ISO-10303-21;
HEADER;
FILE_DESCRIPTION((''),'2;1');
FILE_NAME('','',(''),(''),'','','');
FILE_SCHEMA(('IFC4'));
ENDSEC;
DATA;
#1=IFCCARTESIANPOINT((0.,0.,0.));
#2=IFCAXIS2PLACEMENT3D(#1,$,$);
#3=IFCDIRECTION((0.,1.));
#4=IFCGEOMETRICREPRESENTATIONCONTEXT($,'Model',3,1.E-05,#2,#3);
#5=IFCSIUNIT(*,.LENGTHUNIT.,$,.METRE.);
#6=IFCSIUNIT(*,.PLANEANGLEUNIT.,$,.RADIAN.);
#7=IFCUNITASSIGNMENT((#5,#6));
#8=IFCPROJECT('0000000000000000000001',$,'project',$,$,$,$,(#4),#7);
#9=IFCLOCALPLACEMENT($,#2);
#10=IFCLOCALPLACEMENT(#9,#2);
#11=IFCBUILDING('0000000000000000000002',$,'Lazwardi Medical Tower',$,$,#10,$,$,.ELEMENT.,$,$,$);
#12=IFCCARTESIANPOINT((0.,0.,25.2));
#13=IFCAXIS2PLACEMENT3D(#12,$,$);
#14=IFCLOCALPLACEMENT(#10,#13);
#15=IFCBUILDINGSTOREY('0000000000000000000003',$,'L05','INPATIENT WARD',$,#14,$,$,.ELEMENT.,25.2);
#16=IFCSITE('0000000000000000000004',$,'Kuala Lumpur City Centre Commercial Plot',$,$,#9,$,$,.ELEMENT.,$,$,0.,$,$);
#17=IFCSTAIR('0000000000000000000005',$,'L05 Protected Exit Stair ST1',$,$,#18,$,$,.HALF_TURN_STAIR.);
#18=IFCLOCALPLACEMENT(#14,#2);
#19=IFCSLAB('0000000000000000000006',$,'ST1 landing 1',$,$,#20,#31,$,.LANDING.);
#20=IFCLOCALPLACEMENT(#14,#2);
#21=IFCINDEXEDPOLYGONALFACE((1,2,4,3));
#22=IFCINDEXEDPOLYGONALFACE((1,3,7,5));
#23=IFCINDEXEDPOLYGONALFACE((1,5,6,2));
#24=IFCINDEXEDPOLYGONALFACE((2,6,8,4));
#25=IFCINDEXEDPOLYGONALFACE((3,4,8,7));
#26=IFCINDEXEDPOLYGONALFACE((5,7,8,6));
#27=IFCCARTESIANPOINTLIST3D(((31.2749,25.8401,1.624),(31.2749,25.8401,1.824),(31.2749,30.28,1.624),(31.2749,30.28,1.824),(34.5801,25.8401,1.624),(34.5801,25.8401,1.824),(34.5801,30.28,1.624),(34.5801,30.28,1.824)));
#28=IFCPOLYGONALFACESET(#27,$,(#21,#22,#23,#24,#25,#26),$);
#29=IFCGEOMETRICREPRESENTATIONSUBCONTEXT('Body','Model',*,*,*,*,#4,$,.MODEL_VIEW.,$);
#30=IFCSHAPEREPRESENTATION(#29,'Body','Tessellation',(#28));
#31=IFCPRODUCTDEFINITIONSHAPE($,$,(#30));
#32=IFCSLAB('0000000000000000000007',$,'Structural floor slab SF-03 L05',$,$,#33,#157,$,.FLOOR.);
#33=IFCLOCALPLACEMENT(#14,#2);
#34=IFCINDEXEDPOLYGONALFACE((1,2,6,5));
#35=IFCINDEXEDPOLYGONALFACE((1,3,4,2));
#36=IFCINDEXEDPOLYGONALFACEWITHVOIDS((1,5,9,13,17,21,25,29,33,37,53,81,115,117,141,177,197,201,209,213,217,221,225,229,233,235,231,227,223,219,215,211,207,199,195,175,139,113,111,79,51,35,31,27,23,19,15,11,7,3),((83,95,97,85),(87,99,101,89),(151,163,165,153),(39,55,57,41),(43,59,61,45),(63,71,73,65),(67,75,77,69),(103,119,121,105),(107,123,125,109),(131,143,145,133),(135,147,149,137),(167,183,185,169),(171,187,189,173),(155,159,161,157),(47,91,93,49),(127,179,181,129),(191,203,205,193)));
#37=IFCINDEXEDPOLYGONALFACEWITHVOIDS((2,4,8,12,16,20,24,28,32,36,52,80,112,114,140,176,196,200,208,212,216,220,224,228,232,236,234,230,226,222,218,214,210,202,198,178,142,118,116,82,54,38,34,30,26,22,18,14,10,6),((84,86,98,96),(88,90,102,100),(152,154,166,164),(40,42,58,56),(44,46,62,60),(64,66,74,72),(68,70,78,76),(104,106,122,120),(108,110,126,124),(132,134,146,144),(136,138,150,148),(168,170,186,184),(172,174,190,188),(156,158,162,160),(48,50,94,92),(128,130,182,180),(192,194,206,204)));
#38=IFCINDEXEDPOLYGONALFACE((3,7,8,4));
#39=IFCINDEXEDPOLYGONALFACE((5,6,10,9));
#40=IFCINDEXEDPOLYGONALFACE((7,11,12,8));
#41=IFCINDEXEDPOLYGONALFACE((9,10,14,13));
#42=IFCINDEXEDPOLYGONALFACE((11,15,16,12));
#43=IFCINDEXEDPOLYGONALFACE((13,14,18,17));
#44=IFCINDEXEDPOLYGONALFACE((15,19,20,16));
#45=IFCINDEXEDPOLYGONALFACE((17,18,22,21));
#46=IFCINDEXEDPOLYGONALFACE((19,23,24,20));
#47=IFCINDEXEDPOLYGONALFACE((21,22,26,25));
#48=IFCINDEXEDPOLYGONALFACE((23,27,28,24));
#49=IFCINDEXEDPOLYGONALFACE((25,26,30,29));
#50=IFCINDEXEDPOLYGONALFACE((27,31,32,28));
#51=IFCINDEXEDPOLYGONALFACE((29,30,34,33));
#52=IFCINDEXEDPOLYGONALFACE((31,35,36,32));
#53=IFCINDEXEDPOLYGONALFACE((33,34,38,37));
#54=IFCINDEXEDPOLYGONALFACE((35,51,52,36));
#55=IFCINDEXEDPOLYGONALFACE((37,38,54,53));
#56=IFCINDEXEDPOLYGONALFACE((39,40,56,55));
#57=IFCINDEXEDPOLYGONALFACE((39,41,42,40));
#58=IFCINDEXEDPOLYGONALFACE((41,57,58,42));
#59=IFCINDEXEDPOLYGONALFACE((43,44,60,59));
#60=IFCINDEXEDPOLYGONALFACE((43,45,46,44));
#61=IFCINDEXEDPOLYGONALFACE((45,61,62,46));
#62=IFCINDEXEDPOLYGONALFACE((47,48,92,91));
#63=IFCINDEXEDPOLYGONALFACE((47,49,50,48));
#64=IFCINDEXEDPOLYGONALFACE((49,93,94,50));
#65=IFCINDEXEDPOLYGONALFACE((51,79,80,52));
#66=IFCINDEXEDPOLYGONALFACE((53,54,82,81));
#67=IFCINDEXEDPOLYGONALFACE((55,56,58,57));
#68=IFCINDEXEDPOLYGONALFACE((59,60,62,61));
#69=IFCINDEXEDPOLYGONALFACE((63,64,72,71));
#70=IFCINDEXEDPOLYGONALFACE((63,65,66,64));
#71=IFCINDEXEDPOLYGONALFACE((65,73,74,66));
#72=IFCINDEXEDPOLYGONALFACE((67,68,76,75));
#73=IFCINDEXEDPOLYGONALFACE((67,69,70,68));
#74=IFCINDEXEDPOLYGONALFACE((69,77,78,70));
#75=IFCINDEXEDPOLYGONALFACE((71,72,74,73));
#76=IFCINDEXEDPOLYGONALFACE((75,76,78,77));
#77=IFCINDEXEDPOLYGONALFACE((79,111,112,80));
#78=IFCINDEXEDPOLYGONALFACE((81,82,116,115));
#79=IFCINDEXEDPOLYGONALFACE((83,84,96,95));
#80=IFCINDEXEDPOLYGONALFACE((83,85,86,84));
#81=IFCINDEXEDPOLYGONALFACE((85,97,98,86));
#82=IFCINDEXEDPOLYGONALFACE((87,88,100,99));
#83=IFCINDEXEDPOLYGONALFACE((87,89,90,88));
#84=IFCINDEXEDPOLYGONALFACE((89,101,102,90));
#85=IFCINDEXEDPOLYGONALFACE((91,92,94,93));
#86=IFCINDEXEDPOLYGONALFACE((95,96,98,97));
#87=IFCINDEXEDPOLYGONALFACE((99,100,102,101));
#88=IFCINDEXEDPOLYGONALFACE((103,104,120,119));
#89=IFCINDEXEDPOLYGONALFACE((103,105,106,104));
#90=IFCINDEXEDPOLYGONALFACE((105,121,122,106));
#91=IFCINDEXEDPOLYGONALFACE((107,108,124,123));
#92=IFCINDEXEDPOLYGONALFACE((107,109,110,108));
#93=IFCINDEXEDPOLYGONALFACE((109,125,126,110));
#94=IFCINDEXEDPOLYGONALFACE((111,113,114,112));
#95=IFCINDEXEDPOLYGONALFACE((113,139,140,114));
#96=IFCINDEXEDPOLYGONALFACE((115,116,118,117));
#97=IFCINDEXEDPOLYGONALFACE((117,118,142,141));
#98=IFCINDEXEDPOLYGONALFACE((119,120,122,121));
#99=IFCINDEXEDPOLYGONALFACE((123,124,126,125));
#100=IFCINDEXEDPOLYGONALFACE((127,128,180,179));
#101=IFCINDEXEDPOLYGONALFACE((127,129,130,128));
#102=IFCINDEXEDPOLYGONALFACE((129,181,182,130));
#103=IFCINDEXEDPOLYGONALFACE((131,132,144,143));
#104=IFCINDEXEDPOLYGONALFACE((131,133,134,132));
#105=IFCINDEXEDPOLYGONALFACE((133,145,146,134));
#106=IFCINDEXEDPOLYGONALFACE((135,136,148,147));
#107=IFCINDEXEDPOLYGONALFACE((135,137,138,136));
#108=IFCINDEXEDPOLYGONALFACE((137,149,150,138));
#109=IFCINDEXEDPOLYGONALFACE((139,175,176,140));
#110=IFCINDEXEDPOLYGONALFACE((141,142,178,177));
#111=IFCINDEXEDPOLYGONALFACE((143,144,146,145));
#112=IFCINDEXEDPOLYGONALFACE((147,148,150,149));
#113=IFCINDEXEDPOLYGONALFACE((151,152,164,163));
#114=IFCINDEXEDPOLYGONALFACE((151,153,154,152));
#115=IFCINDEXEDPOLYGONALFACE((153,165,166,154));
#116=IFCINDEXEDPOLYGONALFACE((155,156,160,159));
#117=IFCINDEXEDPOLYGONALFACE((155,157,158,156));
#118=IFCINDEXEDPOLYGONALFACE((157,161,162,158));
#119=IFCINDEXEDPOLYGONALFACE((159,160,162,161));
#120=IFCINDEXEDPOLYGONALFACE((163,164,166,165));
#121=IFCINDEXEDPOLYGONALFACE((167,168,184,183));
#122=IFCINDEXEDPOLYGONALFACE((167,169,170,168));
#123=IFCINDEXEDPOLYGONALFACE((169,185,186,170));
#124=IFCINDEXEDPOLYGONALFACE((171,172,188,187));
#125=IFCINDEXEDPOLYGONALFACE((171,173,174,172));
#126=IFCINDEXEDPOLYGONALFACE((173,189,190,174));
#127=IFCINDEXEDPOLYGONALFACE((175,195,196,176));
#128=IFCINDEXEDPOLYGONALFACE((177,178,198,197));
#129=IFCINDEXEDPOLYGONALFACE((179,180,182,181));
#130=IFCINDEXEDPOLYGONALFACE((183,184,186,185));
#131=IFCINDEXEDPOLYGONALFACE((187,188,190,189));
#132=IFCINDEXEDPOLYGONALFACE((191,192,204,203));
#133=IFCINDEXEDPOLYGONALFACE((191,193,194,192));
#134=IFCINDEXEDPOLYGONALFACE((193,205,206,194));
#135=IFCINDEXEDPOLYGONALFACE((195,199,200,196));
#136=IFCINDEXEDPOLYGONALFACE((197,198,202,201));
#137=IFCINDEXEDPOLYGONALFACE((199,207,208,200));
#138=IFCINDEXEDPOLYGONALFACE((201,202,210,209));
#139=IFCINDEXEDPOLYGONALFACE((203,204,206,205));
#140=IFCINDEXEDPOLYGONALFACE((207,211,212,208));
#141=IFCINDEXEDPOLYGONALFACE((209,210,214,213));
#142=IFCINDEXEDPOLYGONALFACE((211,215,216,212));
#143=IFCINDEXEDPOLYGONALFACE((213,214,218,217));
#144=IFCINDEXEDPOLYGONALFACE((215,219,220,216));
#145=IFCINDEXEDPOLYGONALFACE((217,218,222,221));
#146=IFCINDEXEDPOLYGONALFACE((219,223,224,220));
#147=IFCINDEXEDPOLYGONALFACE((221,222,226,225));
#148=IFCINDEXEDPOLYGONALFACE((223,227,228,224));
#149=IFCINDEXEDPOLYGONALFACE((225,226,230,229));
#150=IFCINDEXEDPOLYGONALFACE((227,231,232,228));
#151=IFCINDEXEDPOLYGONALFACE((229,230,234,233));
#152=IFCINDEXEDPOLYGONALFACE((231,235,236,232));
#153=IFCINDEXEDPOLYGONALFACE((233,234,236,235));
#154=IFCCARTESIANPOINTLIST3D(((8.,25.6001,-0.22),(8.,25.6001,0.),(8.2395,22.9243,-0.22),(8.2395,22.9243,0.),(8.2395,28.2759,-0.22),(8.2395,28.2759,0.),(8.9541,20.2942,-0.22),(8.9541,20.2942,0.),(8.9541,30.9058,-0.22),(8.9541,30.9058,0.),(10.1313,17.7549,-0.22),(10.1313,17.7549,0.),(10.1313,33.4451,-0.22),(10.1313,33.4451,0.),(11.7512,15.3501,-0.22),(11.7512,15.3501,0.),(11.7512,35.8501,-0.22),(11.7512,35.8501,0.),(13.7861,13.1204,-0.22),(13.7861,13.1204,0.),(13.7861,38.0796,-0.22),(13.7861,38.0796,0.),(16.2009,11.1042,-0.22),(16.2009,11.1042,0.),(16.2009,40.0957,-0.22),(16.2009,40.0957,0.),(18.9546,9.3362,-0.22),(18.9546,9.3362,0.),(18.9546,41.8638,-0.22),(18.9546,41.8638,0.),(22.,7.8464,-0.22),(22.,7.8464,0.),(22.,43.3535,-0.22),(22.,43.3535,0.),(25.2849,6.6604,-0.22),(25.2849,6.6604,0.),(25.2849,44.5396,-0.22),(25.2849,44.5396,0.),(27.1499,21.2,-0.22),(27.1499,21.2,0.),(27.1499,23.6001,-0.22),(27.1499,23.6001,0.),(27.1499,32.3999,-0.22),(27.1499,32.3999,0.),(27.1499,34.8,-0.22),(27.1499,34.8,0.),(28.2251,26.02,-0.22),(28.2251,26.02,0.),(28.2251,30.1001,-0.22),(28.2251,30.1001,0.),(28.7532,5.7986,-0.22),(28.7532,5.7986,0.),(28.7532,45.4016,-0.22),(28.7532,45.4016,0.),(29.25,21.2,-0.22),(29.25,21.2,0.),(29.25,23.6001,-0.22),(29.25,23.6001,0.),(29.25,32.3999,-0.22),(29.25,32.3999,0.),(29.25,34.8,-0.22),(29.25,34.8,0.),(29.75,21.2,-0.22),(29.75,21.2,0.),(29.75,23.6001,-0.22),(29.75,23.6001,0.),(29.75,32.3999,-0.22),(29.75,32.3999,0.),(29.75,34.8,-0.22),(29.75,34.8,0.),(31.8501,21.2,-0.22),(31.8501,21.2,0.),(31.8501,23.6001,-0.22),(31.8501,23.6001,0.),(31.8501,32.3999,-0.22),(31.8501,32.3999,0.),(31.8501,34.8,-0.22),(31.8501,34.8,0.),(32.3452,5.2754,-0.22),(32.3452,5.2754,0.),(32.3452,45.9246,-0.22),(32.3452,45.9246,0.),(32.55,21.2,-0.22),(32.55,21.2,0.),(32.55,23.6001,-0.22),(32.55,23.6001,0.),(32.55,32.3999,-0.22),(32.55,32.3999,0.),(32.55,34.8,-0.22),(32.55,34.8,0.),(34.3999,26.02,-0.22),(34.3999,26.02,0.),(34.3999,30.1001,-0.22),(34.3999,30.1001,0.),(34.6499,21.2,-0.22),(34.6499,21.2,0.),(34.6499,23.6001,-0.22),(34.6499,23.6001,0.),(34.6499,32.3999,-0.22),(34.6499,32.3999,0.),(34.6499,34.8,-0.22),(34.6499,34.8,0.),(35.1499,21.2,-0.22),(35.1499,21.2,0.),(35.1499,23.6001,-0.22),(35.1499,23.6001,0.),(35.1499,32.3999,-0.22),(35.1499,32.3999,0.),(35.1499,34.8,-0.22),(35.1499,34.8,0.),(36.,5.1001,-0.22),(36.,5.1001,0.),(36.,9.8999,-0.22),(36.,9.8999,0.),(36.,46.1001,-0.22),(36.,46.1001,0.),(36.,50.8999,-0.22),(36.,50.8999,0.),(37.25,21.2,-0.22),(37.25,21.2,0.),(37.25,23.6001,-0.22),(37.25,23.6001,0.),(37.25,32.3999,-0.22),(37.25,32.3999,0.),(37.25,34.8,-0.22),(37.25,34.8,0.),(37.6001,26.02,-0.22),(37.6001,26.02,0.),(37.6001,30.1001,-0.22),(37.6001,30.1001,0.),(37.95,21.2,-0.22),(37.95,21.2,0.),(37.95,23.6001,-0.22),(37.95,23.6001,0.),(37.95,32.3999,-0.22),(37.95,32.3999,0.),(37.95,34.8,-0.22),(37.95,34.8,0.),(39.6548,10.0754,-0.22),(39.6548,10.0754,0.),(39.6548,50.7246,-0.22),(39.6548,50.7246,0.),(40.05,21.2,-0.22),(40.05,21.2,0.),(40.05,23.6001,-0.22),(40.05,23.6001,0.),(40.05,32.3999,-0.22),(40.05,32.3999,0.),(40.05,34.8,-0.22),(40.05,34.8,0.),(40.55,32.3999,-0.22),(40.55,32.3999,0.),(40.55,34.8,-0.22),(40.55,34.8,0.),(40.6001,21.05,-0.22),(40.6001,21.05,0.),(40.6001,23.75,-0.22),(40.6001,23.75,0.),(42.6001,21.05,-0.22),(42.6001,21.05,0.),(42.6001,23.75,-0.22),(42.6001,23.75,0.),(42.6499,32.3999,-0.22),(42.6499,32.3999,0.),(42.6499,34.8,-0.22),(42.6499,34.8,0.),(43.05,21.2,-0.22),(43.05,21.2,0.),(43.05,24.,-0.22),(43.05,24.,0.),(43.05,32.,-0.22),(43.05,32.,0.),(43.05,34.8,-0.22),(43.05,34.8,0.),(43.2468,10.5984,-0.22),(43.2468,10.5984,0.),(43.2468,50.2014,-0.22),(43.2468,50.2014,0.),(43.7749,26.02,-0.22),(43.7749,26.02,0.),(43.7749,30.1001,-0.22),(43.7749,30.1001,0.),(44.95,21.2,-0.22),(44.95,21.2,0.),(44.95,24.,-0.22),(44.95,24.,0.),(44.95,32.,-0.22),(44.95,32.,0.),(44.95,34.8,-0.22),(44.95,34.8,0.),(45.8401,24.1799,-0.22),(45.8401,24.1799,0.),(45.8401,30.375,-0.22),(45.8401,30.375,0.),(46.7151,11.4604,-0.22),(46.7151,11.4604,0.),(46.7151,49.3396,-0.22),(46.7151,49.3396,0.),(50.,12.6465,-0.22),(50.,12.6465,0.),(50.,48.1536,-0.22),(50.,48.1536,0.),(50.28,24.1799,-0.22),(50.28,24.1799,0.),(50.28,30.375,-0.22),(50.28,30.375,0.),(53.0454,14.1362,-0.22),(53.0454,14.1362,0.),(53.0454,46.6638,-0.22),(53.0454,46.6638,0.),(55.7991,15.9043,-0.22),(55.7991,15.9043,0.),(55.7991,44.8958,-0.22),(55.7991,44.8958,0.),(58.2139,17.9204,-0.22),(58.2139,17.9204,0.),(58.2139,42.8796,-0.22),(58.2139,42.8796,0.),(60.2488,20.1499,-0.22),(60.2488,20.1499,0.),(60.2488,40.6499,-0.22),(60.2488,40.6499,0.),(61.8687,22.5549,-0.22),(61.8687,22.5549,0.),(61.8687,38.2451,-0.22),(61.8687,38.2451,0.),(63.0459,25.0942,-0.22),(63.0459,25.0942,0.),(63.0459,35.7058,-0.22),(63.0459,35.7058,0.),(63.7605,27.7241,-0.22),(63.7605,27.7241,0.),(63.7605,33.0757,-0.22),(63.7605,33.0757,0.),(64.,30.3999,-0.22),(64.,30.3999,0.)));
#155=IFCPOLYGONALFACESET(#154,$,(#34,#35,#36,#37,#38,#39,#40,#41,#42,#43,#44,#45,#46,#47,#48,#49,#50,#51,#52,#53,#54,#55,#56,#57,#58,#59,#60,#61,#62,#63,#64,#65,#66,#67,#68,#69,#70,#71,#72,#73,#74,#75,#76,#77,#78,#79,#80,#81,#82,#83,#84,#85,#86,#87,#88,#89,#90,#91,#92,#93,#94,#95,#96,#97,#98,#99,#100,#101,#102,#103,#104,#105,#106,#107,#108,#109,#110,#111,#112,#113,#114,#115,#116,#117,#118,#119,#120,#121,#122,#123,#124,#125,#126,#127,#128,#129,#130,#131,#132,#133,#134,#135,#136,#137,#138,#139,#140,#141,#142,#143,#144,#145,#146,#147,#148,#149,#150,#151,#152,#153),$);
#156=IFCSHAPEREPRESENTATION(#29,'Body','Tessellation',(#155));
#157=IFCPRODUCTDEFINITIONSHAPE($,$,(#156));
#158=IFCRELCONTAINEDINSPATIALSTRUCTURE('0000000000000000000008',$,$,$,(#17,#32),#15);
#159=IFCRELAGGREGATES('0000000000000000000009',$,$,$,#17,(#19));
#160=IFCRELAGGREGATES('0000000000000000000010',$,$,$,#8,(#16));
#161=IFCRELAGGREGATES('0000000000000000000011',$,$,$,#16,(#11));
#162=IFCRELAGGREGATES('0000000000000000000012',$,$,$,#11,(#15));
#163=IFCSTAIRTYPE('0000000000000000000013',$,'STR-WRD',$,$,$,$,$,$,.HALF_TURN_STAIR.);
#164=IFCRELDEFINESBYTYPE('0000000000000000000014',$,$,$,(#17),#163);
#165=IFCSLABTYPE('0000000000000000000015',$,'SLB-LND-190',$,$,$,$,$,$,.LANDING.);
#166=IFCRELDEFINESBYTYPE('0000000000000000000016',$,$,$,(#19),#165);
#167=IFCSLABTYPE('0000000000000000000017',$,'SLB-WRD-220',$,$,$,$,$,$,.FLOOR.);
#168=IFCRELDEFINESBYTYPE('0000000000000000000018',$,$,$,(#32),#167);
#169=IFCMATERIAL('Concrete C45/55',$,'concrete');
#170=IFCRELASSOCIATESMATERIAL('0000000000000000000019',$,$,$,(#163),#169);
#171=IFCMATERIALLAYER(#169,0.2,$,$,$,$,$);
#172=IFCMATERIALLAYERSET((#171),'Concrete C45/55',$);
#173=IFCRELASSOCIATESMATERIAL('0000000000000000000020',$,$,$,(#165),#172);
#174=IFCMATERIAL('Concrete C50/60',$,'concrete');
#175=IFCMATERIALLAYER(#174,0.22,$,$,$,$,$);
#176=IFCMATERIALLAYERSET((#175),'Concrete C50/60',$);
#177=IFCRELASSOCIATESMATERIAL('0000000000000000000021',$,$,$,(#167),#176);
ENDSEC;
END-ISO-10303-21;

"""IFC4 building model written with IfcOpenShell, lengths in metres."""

from ifc_helpers import new_model, si_unit, direction, frame, origin, place, context, subcontext, project, spatial, polyline, outline, extrude, material, layer, layer_set, type_object, element, aggregate, save


model = new_model("IFC4")

# Units and contexts
model_context = context("Model", 3, precision=1e-05, world=origin(), true_north=direction((0.0, 1.0)))
body_context = subcontext(model_context, "Body", "Model", "MODEL_VIEW")
ifc_project = project(units=[si_unit("LENGTHUNIT", "METRE"), si_unit("PLANEANGLEUNIT", "RADIAN")], contexts=[model_context])

# Site, building, storey
site_placement = place(None, origin())
site = spatial("IfcSite", under=ifc_project, at=site_placement, Name="Kuala Lumpur City Centre Commercial Plot", CompositionType="ELEMENT", RefElevation=0.0)
building_placement = place(site_placement, origin())
building = spatial("IfcBuilding", under=site, at=building_placement, Name="Lazwardi Medical Tower", CompositionType="ELEMENT")
storey_placement = place(building_placement, frame((0.0, 0.0, 25.2)))
storey = spatial("IfcBuildingStorey", under=building, at=storey_placement, Name="L05", Description="INPATIENT WARD", CompositionType="ELEMENT", Elevation=25.2)

# Stair, slab
ifc_material_1 = material(Name="Concrete C45/55", Category="concrete")
stair_type = type_object("IfcStairType", Name="STR-WRD", PredefinedType="HALF_TURN_STAIR", material=ifc_material_1)
stair_placement = place(storey_placement, origin())
stair = element("IfcStair", 1, at=stair_placement, inside=storey, type_object=stair_type, Name="L05 Protected Exit Stair ST1", PredefinedType="HALF_TURN_STAIR")
ifc_layer_1 = layer(ifc_material_1, 0.2)
ifc_layer_set_1 = layer_set([ifc_layer_1], Name="Concrete C45/55")
slab_type_1 = type_object("IfcSlabType", Name="SLB-LND-190", PredefinedType="LANDING", material=ifc_layer_set_1)
slab_1_placement = place(storey_placement, frame((0.0, 0.0, 1.624)))
slab_1 = element("IfcSlab", 2, at=slab_1_placement, type_object=slab_type_1, Name="ST1 landing 1", PredefinedType="LANDING", context=body_context, shape_type="SweptSolid", body=[
    extrude(outline(polyline([(31.2749, 25.8401), (34.5801, 25.8401), (34.5801, 30.28), (31.2749, 30.28), (31.2749, 25.8401)])), origin(), (0.0, 0.0, 1.0), 0.2),
])
aggregate(stair, [slab_1])

# Slab
ifc_material_2 = material(Name="Concrete C50/60", Category="concrete")
ifc_layer_2 = layer(ifc_material_2, 0.22)
ifc_layer_set_2 = layer_set([ifc_layer_2], Name="Concrete C50/60")
slab_type_2 = type_object("IfcSlabType", Name="SLB-WRD-220", PredefinedType="FLOOR", material=ifc_layer_set_2)
slab_2_placement = place(storey_placement, frame((0.0, 0.0, -0.22)))
element("IfcSlab", 3, at=slab_2_placement, inside=storey, type_object=slab_type_2, Name="Structural floor slab SF-03 L05", PredefinedType="FLOOR", context=body_context, shape_type="SweptSolid", body=[
    extrude(outline(polyline([(10.1313, 33.4451), (8.9541, 30.9058), (8.2395, 28.2759), (8.0, 25.6001), (8.2395, 22.9243), (8.9541, 20.2942), (10.1313, 17.7549), (11.7512, 15.3501), (13.7861, 13.1204), (16.2009, 11.1042), (18.9546, 9.3362), (22.0, 7.8464), (25.2849, 6.6604), (28.7532, 5.7986), (32.3452, 5.2754), (36.0, 5.1001), (36.0, 9.8999), (39.6548, 10.0754), (43.2468, 10.5984), (46.7151, 11.4604), (50.0, 12.6465), (53.0454, 14.1362), (55.7991, 15.9043), (58.2139, 17.9204), (60.2488, 20.1499), (61.8687, 22.5549), (63.0459, 25.0942), (63.7605, 27.7241), (64.0, 30.3999), (63.7605, 33.0757), (63.0459, 35.7058), (61.8687, 38.2451), (60.2488, 40.6499), (58.2139, 42.8796), (55.7991, 44.8958), (53.0454, 46.6638), (50.0, 48.1536), (46.7151, 49.3396), (43.2468, 50.2014), (39.6548, 50.7246), (36.0, 50.8999), (36.0, 46.1001), (32.3452, 45.9246), (28.7532, 45.4016), (25.2849, 44.5396), (22.0, 43.3535), (18.9546, 41.8638), (16.2009, 40.0957), (13.7861, 38.0796), (11.7512, 35.8501), (10.1313, 33.4451)]), holes=[polyline([(28.2251, 26.02), (28.2251, 30.1001), (34.3999, 30.1001), (34.3999, 26.02), (28.2251, 26.02)]), polyline([(37.6001, 30.1001), (43.7749, 30.1001), (43.7749, 26.02), (37.6001, 26.02), (37.6001, 30.1001)]), polyline([(50.28, 30.375), (50.28, 24.1799), (45.8401, 24.1799), (45.8401, 30.375), (50.28, 30.375)]), polyline([(29.25, 32.3999), (27.1499, 32.3999), (27.1499, 34.8), (29.25, 34.8), (29.25, 32.3999)]), polyline([(29.75, 32.3999), (29.75, 34.8), (31.8501, 34.8), (31.8501, 32.3999), (29.75, 32.3999)]), polyline([(27.1499, 23.6001), (29.25, 23.6001), (29.25, 21.2), (27.1499, 21.2), (27.1499, 23.6001)]), polyline([(31.8501, 23.6001), (31.8501, 21.2), (29.75, 21.2), (29.75, 23.6001), (31.8501, 23.6001)]), polyline([(34.6499, 32.3999), (32.55, 32.3999), (32.55, 34.8), (34.6499, 34.8), (34.6499, 32.3999)]), polyline([(35.1499, 32.3999), (35.1499, 34.8), (37.25, 34.8), (37.25, 32.3999), (35.1499, 32.3999)]), polyline([(32.55, 23.6001), (34.6499, 23.6001), (34.6499, 21.2), (32.55, 21.2), (32.55, 23.6001)]), polyline([(37.25, 23.6001), (37.25, 21.2), (35.1499, 21.2), (35.1499, 23.6001), (37.25, 23.6001)]), polyline([(40.05, 32.3999), (37.95, 32.3999), (37.95, 34.8), (40.05, 34.8), (40.05, 32.3999)]), polyline([(40.55, 32.3999), (40.55, 34.8), (42.6499, 34.8), (42.6499, 32.3999), (40.55, 32.3999)]), polyline([(37.95, 23.6001), (40.05, 23.6001), (40.05, 21.2), (37.95, 21.2), (37.95, 23.6001)]), polyline([(44.95, 34.8), (44.95, 32.0), (43.05, 32.0), (43.05, 34.8), (44.95, 34.8)]), polyline([(44.95, 21.2), (43.05, 21.2), (43.05, 24.0), (44.95, 24.0), (44.95, 21.2)]), polyline([(40.6001, 21.05), (40.6001, 23.75), (42.6001, 23.75), (42.6001, 21.05), (40.6001, 21.05)])]), origin(), (0.0, 0.0, 1.0), 0.22),
])

save(model, "model.ifc")
